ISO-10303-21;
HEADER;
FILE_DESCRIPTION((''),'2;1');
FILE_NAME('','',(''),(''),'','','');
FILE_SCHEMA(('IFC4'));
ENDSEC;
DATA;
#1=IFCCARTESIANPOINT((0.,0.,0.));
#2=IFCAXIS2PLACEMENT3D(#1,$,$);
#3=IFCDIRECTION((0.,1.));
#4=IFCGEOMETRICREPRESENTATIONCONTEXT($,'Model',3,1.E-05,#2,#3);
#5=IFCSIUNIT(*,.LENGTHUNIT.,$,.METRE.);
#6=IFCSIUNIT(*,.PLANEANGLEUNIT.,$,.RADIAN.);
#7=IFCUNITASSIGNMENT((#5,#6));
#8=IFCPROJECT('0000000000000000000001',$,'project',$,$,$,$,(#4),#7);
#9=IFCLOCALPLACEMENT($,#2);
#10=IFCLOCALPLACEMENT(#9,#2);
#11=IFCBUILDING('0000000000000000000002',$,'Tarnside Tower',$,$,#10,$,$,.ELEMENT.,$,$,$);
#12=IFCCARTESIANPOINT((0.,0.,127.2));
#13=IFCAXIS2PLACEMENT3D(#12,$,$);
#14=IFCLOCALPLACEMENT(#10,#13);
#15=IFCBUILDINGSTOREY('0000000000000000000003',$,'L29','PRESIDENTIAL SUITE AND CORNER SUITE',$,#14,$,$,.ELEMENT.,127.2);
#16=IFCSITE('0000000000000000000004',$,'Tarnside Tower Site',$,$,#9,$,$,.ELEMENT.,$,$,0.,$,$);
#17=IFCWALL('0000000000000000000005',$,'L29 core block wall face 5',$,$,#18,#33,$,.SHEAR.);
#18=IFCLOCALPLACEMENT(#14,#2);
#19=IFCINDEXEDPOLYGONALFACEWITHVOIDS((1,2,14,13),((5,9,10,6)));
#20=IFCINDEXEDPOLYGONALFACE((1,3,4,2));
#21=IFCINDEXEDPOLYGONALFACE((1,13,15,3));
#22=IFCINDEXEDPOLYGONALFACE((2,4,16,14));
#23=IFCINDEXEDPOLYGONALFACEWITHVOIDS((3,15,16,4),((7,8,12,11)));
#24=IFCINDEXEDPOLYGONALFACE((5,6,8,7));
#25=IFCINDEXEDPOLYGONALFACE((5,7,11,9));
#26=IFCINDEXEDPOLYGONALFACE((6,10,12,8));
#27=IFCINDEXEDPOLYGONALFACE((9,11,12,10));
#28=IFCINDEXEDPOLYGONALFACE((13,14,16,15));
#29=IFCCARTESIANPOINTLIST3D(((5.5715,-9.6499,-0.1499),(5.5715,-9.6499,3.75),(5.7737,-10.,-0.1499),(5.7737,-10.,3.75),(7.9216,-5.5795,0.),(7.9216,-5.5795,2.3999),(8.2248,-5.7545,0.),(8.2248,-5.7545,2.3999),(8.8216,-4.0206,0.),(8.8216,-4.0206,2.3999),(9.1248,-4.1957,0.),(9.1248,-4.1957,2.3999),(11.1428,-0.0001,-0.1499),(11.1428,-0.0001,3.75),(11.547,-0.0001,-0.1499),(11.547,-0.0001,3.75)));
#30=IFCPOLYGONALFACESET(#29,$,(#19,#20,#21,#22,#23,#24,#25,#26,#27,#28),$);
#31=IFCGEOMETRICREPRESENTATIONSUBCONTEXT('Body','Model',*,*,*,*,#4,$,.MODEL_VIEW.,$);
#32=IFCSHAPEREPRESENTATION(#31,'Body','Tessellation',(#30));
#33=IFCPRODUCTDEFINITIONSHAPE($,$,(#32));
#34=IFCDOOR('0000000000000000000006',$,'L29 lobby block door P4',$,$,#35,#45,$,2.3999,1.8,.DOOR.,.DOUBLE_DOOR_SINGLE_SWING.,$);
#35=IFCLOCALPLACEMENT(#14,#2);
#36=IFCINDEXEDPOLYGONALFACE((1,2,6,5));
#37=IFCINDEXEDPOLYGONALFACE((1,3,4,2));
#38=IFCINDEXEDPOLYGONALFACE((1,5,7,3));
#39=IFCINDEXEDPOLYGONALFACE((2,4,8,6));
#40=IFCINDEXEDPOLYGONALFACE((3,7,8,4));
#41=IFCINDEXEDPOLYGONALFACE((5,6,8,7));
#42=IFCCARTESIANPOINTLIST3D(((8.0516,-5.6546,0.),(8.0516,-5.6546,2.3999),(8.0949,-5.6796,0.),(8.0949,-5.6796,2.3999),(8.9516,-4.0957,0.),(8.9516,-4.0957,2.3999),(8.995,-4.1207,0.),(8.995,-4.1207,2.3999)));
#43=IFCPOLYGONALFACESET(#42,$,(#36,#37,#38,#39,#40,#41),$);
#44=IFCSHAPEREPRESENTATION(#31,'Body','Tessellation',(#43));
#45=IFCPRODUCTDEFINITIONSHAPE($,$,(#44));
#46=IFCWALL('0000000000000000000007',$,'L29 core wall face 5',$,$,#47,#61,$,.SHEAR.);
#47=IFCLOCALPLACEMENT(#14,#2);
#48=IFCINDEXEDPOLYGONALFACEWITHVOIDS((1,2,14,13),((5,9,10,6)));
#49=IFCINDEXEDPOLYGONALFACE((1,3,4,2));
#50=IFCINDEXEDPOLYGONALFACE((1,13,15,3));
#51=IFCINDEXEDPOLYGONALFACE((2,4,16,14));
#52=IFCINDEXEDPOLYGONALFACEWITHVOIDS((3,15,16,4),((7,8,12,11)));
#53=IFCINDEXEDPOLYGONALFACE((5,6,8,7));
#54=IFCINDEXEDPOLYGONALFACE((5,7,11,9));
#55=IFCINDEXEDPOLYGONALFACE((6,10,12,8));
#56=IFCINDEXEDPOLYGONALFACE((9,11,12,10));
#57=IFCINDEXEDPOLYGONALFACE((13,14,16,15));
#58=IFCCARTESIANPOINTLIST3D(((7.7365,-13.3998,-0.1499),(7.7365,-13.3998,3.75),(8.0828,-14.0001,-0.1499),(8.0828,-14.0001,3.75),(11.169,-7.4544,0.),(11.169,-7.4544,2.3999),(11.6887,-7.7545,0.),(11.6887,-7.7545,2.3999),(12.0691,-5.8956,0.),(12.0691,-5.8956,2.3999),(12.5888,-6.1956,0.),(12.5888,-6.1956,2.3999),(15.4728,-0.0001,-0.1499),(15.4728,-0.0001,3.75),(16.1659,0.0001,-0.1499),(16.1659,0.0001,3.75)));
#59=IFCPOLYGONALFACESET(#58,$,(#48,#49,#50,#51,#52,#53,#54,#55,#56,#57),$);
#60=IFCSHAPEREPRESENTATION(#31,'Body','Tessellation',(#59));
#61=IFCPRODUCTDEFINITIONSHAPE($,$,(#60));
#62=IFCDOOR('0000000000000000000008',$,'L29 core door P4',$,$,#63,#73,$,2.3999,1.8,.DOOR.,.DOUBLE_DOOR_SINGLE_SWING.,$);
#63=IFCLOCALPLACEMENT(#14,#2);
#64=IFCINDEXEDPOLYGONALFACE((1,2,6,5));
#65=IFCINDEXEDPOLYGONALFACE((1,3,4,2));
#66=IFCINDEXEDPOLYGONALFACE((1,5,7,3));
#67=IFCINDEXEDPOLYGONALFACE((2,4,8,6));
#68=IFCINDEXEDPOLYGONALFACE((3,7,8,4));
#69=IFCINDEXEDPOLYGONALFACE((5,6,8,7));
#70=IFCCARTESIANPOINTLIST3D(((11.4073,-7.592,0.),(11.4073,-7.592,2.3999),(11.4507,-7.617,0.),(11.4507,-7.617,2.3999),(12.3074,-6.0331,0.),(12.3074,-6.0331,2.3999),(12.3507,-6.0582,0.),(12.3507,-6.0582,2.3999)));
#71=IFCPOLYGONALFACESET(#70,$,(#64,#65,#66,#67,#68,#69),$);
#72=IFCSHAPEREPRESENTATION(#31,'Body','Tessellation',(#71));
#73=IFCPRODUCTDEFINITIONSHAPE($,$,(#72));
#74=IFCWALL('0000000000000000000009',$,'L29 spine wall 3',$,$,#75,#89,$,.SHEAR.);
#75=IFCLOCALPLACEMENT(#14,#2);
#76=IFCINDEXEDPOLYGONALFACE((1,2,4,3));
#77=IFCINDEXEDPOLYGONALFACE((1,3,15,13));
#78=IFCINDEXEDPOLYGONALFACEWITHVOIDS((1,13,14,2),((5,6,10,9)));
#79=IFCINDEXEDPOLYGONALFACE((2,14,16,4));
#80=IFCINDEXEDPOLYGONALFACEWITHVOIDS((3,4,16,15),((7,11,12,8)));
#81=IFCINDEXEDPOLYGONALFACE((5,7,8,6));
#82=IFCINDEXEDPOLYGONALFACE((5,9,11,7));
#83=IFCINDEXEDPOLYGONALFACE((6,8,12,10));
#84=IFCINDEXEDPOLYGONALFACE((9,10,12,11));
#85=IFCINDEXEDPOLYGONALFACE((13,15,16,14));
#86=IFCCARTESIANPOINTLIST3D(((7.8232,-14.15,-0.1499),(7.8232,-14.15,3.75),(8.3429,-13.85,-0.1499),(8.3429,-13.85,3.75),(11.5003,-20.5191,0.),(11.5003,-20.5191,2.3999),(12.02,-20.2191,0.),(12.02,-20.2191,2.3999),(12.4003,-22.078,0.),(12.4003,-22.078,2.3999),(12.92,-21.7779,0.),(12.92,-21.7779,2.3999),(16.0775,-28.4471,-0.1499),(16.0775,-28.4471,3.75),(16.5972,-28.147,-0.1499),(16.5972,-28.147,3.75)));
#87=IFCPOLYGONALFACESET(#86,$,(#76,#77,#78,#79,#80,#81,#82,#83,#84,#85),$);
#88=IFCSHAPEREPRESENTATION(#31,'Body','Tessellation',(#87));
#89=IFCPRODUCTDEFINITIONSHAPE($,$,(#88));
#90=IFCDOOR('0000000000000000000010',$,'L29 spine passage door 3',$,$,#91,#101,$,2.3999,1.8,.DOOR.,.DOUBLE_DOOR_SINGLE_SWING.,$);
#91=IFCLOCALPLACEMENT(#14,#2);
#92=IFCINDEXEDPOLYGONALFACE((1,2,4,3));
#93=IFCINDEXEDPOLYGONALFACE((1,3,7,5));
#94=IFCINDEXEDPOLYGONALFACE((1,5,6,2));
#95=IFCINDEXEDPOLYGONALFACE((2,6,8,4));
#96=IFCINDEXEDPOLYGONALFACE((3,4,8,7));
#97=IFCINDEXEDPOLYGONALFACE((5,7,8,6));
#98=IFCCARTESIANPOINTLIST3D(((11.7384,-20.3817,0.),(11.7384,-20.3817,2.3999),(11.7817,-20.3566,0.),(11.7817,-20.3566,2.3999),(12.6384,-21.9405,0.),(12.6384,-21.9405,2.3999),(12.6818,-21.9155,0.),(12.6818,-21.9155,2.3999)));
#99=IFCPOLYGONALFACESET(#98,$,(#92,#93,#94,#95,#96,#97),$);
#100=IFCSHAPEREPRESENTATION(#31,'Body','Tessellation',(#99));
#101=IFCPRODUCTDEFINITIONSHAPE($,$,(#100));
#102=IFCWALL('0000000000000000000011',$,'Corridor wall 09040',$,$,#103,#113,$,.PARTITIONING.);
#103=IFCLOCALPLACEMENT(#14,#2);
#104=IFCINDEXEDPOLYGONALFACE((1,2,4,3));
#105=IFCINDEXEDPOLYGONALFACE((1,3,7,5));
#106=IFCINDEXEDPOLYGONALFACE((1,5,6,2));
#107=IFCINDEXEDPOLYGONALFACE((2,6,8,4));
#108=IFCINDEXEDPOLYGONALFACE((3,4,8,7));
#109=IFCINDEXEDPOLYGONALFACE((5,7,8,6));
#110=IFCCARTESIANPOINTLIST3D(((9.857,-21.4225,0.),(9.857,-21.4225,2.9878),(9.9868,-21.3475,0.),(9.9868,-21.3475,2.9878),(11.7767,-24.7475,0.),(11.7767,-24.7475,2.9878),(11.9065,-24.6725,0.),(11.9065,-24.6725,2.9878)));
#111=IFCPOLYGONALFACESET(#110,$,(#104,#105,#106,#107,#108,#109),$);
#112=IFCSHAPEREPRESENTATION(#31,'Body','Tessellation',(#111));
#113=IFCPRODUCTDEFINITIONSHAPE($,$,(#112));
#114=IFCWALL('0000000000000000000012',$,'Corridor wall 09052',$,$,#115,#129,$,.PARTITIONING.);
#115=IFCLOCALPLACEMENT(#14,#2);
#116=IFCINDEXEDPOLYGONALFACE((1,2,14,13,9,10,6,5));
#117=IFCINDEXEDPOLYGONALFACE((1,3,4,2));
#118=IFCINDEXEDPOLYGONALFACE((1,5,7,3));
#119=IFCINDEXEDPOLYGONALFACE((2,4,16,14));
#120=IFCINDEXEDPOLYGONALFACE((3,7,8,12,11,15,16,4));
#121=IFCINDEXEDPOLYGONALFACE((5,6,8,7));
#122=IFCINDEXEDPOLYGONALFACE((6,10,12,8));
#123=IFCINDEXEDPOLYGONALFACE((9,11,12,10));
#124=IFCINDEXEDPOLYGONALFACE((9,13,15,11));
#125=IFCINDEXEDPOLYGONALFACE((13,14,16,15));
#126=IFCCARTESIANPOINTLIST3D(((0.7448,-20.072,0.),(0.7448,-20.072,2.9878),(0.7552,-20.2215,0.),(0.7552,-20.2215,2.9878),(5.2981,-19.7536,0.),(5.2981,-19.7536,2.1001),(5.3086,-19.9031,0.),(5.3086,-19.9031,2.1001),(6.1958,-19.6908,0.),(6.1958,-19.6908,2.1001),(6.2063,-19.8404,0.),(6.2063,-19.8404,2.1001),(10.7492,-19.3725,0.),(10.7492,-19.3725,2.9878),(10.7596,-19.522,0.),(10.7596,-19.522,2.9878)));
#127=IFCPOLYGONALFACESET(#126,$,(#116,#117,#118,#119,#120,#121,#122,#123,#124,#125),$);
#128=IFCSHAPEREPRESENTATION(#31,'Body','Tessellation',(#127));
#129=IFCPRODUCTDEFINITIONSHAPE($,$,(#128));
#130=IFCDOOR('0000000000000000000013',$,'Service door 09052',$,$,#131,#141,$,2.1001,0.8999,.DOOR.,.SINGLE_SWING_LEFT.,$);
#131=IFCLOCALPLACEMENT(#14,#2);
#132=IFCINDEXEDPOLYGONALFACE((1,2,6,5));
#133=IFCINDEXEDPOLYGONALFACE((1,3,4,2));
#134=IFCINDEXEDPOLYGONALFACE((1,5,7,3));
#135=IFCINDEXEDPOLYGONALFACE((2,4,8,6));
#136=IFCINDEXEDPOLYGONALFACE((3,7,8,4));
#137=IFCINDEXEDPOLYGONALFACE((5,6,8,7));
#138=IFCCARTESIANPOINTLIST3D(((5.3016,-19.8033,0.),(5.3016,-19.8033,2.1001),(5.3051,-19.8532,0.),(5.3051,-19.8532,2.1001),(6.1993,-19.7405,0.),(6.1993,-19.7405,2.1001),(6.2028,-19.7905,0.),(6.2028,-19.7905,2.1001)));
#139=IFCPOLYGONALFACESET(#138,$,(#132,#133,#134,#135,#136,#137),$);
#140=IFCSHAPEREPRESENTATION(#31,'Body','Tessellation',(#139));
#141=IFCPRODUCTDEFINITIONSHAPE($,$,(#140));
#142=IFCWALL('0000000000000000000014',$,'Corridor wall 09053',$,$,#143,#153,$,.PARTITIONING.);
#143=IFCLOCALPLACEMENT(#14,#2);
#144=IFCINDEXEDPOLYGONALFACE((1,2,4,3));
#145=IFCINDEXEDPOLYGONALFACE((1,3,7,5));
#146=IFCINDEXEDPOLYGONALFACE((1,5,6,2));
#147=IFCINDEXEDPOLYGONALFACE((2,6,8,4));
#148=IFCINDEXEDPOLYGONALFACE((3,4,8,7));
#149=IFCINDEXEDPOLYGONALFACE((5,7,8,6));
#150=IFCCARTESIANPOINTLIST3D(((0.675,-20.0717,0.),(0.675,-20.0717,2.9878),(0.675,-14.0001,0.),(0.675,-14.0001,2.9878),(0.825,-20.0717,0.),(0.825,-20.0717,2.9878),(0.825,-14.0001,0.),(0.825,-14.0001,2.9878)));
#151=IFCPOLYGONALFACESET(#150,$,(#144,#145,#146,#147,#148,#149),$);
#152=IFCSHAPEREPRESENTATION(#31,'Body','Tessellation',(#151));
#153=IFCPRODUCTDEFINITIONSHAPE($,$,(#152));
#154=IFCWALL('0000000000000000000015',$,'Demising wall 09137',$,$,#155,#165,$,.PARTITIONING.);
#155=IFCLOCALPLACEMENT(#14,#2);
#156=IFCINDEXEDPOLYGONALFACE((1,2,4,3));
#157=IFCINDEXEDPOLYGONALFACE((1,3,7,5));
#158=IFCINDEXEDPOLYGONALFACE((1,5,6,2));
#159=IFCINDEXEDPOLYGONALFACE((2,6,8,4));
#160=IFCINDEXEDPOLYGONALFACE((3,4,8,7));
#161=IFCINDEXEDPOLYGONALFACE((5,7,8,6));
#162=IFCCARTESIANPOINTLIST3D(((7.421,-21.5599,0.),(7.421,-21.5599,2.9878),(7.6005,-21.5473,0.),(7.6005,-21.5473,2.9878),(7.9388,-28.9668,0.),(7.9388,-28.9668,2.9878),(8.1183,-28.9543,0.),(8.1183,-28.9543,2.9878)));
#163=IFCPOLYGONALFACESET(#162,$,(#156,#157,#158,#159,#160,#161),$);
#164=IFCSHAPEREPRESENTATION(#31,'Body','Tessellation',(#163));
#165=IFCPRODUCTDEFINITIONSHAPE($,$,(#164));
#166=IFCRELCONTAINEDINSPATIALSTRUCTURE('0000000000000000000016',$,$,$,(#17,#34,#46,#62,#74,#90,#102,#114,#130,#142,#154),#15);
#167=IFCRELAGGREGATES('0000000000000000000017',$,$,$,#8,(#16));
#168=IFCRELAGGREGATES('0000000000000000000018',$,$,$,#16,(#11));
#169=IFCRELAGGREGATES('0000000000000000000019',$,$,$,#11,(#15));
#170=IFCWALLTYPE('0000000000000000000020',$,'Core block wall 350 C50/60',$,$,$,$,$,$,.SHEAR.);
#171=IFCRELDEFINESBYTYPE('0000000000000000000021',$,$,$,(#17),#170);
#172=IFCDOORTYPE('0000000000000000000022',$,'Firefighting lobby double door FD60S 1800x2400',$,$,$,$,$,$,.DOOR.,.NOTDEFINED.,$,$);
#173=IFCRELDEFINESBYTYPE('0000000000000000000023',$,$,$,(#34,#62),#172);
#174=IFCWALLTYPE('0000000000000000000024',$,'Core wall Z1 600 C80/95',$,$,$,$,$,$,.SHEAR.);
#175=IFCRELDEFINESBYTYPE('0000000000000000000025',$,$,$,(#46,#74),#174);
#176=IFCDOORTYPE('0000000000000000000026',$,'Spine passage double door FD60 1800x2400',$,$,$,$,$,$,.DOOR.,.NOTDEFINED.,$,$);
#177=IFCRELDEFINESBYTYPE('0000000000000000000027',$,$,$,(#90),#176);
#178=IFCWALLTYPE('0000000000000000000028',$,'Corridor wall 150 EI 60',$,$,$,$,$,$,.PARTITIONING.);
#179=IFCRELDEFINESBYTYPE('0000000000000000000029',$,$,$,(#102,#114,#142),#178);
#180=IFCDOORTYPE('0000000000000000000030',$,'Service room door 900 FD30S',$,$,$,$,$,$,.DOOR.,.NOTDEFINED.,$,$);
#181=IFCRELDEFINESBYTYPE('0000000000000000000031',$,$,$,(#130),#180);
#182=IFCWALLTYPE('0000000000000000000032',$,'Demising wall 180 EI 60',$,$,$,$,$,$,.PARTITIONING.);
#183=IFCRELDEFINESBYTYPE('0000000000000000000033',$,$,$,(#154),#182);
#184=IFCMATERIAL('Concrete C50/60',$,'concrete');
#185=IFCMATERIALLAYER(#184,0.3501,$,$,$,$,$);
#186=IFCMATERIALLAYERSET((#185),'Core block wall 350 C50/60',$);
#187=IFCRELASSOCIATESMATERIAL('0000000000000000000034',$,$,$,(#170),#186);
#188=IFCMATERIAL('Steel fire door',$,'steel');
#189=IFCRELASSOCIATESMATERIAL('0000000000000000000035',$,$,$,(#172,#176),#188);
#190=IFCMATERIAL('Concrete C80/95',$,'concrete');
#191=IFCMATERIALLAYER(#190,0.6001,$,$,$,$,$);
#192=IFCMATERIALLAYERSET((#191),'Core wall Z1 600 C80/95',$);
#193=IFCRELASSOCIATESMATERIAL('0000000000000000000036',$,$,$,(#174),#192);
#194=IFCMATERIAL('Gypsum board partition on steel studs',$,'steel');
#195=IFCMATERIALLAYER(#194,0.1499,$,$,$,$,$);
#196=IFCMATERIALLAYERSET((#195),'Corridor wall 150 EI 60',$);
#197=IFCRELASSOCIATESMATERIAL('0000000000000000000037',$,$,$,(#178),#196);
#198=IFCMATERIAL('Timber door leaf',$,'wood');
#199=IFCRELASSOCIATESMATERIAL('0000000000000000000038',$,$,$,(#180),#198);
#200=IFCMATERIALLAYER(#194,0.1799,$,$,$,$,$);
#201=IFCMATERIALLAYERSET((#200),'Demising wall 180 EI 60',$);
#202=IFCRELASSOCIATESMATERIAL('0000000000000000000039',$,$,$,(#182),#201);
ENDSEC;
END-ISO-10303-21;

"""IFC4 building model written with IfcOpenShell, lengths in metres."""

from ifc_helpers import new_model, si_unit, direction, frame, frame_2d, origin, place, context, subcontext, project, spatial, polyline, rectangle, outline, extrude, material, layer, layer_set, type_object, element, fill, save


model = new_model("IFC4")

# Units and contexts
model_context = context("Model", 3, precision=1e-05, world=origin(), true_north=direction((0.0, 1.0)))
body_context = subcontext(model_context, "Body", "Model", "MODEL_VIEW")
ifc_project = project(units=[si_unit("LENGTHUNIT", "METRE"), si_unit("PLANEANGLEUNIT", "RADIAN")], contexts=[model_context])

# Site, building, storey
site_placement = place(None, origin())
site = spatial("IfcSite", under=ifc_project, at=site_placement, Name="Tarnside Tower Site", CompositionType="ELEMENT", RefElevation=0.0)
building_placement = place(site_placement, origin())
building = spatial("IfcBuilding", under=site, at=building_placement, Name="Tarnside Tower", CompositionType="ELEMENT")
storey_placement = place(building_placement, frame((0.0, 0.0, 127.2)))
storey = spatial("IfcBuildingStorey", under=building, at=storey_placement, Name="L29", Description="PRESIDENTIAL SUITE AND CORNER SUITE", CompositionType="ELEMENT", Elevation=127.2)

# Shared definitions
ifc_material_1 = material(Name="Gypsum board partition on steel studs", Category="steel")

# Walls, openings, doors
ifc_material_2 = material(Name="Timber door leaf", Category="wood")
ifc_material_3 = material(Name="Concrete C50/60", Category="concrete")
ifc_layer_1 = layer(ifc_material_3, 0.3501)
ifc_layer_set_1 = layer_set([ifc_layer_1], Name="Core block wall 350 C50/60")
wall_type_1 = type_object("IfcWallType", Name="Core block wall 350 C50/60", PredefinedType="SHEAR", material=ifc_layer_set_1)
wall_1_placement = place(storey_placement, frame((5.6726, -9.825, -0.1499), z_axis=(0.0, 0.0, 1.0), x_axis=(0.499995, 0.866028, 0.0)))
wall_1 = element("IfcWall", 1, at=wall_1_placement, inside=storey, type_object=wall_type_1, Name="L29 core block wall face 5", PredefinedType="SHEAR", context=body_context, shape_type="SweptSolid", body=[
    extrude(outline(polyline([(-0.1011, -0.175), (11.4458, -0.175), (11.2437, 0.175), (0.1011, 0.175), (-0.1011, -0.175)])), origin(), (0.0, 0.0, 1.0), 3.8999),
])
opening_1_placement = place(wall_1_placement, frame((4.8013, 0.0, 0.1499)))
opening_1 = element("IfcOpeningElement", 2, at=opening_1_placement, cuts=wall_1, PredefinedType="OPENING", context=body_context, shape_type="SweptSolid", body=[
    extrude(rectangle(XDim=1.8, YDim=2.3999, at=frame_2d((0.8999, 1.2))), frame((0.0, 0.1851, 0.0), z_axis=(0.0, -1.0, 0.0), x_axis=(1.0, 0.0, 0.0)), (0.0, 0.0, 1.0), 0.3701),
])
ifc_material_4 = material(Name="Steel fire door", Category="steel")
door_type_1 = type_object("IfcDoorType", Name="Firefighting lobby double door FD60S 1800x2400", OperationType="NOTDEFINED", PredefinedType="DOOR", material=ifc_material_4)
door_1_placement = place(opening_1_placement, origin())
door_1 = element("IfcDoor", 3, at=door_1_placement, inside=storey, type_object=door_type_1, Name="L29 lobby block door P4", OperationType="DOUBLE_DOOR_SINGLE_SWING", OverallHeight=2.3999, OverallWidth=1.8, PredefinedType="DOOR", context=body_context, shape_type="SweptSolid", body=[
    extrude(rectangle(XDim=1.8, YDim=2.3999, at=frame_2d((0.8999, 1.2))), frame((0.0, 0.0249, 0.0), z_axis=(0.0, -1.0, 0.0), x_axis=(1.0, 0.0, 0.0)), (0.0, 0.0, 1.0), 0.05),
])
fill(opening_1, door_1)
ifc_material_5 = material(Name="Concrete C80/95", Category="concrete")
ifc_layer_2 = layer(ifc_material_5, 0.6001)
ifc_layer_set_2 = layer_set([ifc_layer_2], Name="Core wall Z1 600 C80/95")
wall_type_2 = type_object("IfcWallType", Name="Core wall Z1 600 C80/95", PredefinedType="SHEAR", material=ifc_layer_set_2)
wall_2_placement = place(storey_placement, frame((7.9097, -13.7, -0.1499), z_axis=(0.0, 0.0, 1.0), x_axis=(0.5, 0.866025, 0.0)))
wall_2 = element("IfcWall", 4, at=wall_2_placement, inside=storey, type_object=wall_type_2, Name="L29 core wall face 5", PredefinedType="SHEAR", context=body_context, shape_type="SweptSolid", body=[
    extrude(outline(polyline([(-0.1733, -0.3), (15.9927, -0.3), (15.646, 0.3), (0.1733, 0.3), (-0.1733, -0.3)])), origin(), (0.0, 0.0, 1.0), 3.8999),
])
opening_2_placement = place(wall_2_placement, frame((7.0386, 0.0, 0.1499)))
opening_2 = element("IfcOpeningElement", 5, at=opening_2_placement, cuts=wall_2, PredefinedType="OPENING", context=body_context, shape_type="SweptSolid", body=[
    extrude(rectangle(XDim=1.8, YDim=2.3999, at=frame_2d((0.8999, 1.2))), frame((0.0, 0.3101, 0.0), z_axis=(0.0, -1.0, 0.0), x_axis=(1.0, 0.0, 0.0)), (0.0, 0.0, 1.0), 0.6201),
])
door_2_placement = place(opening_2_placement, origin())
door_2 = element("IfcDoor", 6, at=door_2_placement, inside=storey, type_object=door_type_1, Name="L29 core door P4", OperationType="DOUBLE_DOOR_SINGLE_SWING", OverallHeight=2.3999, OverallWidth=1.8, PredefinedType="DOOR", context=body_context, shape_type="SweptSolid", body=[
    extrude(rectangle(XDim=1.8, YDim=2.3999, at=frame_2d((0.8999, 1.2))), frame((0.0, 0.0249, 0.0), z_axis=(0.0, -1.0, 0.0), x_axis=(1.0, 0.0, 0.0)), (0.0, 0.0, 1.0), 0.05),
])
fill(opening_2, door_2)
wall_3_placement = place(storey_placement, frame((8.083, -14.0, -0.1499), z_axis=(0.0, 0.0, 1.0), x_axis=(0.499998, -0.866027, 0.0)))
wall_3 = element("IfcWall", 7, at=wall_3_placement, inside=storey, type_object=wall_type_2, Name="L29 spine wall 3", PredefinedType="SHEAR", context=body_context, shape_type="SweptSolid", body=[
    extrude(rectangle(XDim=16.5088, YDim=0.6001, at=frame_2d((8.2544, 0.0))), origin(), (0.0, 0.0, 1.0), 3.8999),
])
opening_3_placement = place(wall_3_placement, frame((7.3545, 0.0, 0.1499)))
opening_3 = element("IfcOpeningElement", 8, at=opening_3_placement, cuts=wall_3, PredefinedType="OPENING", context=body_context, shape_type="SweptSolid", body=[
    extrude(rectangle(XDim=1.8, YDim=2.3999, at=frame_2d((0.8999, 1.2))), frame((0.0, 0.3101, 0.0), z_axis=(0.0, -1.0, 0.0), x_axis=(1.0, 0.0, 0.0)), (0.0, 0.0, 1.0), 0.6201),
])
door_type_2 = type_object("IfcDoorType", Name="Spine passage double door FD60 1800x2400", OperationType="NOTDEFINED", PredefinedType="DOOR", material=ifc_material_4)
door_3_placement = place(opening_3_placement, origin())
door_3 = element("IfcDoor", 9, at=door_3_placement, inside=storey, type_object=door_type_2, Name="L29 spine passage door 3", OperationType="DOUBLE_DOOR_SINGLE_SWING", OverallHeight=2.3999, OverallWidth=1.8, PredefinedType="DOOR", context=body_context, shape_type="SweptSolid", body=[
    extrude(rectangle(XDim=1.8, YDim=2.3999, at=frame_2d((0.8999, 1.2))), frame((0.0, 0.0249, 0.0), z_axis=(0.0, -1.0, 0.0), x_axis=(1.0, 0.0, 0.0)), (0.0, 0.0, 1.0), 0.05),
])
fill(opening_3, door_3)

# Wall
ifc_layer_3 = layer(ifc_material_1, 0.1499)
ifc_layer_set_3 = layer_set([ifc_layer_3], Name="Corridor wall 150 EI 60")
wall_type_3 = type_object("IfcWallType", Name="Corridor wall 150 EI 60", PredefinedType="PARTITIONING", material=ifc_layer_set_3)
wall_4_placement = place(storey_placement, frame((9.9219, -21.385, 0.0), z_axis=(0.0, 0.0, 1.0), x_axis=(0.500003, -0.866024, 0.0)))
element("IfcWall", 10, at=wall_4_placement, inside=storey, type_object=wall_type_3, Name="Corridor wall 09040", PredefinedType="PARTITIONING", context=body_context, shape_type="SweptSolid", body=[
    extrude(rectangle(XDim=3.8394, YDim=0.1499, at=frame_2d((1.9197, 0.0))), origin(), (0.0, 0.0, 1.0), 2.9878),
])

# Wall, opening, door
wall_5_placement = place(storey_placement, frame((10.7544, -19.4473, 0.0), z_axis=(0.0, 0.0, 1.0), x_axis=(-0.997565, -0.069745, 0.0)))
wall_5 = element("IfcWall", 11, at=wall_5_placement, inside=storey, type_object=wall_type_3, Name="Corridor wall 09052", PredefinedType="PARTITIONING", context=body_context, shape_type="SweptSolid", body=[
    extrude(rectangle(XDim=10.0288, YDim=0.1499, at=frame_2d((5.0144, 0.0))), origin(), (0.0, 0.0, 1.0), 2.9878),
])
opening_4_placement = place(wall_5_placement, frame((4.5645, 0.0, 0.0)))
opening_4 = element("IfcOpeningElement", 12, at=opening_4_placement, cuts=wall_5, PredefinedType="OPENING", context=body_context, shape_type="SweptSolid", body=[
    extrude(rectangle(XDim=0.8999, YDim=2.1001, at=frame_2d((0.45, 1.05))), frame((0.0, 0.085, 0.0), z_axis=(0.0, -1.0, 0.0), x_axis=(1.0, 0.0, 0.0)), (0.0, 0.0, 1.0), 0.1699),
])
door_type_3 = type_object("IfcDoorType", Name="Service room door 900 FD30S", OperationType="NOTDEFINED", PredefinedType="DOOR", material=ifc_material_2)
door_4_placement = place(opening_4_placement, origin())
door_4 = element("IfcDoor", 13, at=door_4_placement, inside=storey, type_object=door_type_3, Name="Service door 09052", OperationType="SINGLE_SWING_LEFT", OverallHeight=2.1001, OverallWidth=0.8999, PredefinedType="DOOR", context=body_context, shape_type="SweptSolid", body=[
    extrude(rectangle(XDim=0.8999, YDim=2.1001, at=frame_2d((0.45, 1.05))), frame((0.0, 0.0249, 0.0), z_axis=(0.0, -1.0, 0.0), x_axis=(1.0, 0.0, 0.0)), (0.0, 0.0, 1.0), 0.05),
])
fill(opening_4, door_4)

# Walls
wall_6_placement = place(storey_placement, frame((0.75, -20.0715, 0.0), z_axis=(0.0, 0.0, 1.0), x_axis=(0.0, 1.0, 0.0)))
element("IfcWall", 14, at=wall_6_placement, inside=storey, type_object=wall_type_3, Name="Corridor wall 09053", PredefinedType="PARTITIONING", context=body_context, shape_type="SweptSolid", body=[
    extrude(rectangle(XDim=6.0715, YDim=0.1499, at=frame_2d((3.0356, 0.0))), origin(), (0.0, 0.0, 1.0), 2.9878),
])
ifc_layer_4 = layer(ifc_material_1, 0.1799)
ifc_layer_set_4 = layer_set([ifc_layer_4], Name="Demising wall 180 EI 60")
wall_type_4 = type_object("IfcWallType", Name="Demising wall 180 EI 60", PredefinedType="PARTITIONING", material=ifc_layer_set_4)
wall_7_placement = place(storey_placement, frame((8.0286, -28.9604, 0.0), z_axis=(0.0, 0.0, 1.0), x_axis=(-0.06974, 0.997565, 0.0)))
element("IfcWall", 15, at=wall_7_placement, inside=storey, type_object=wall_type_4, Name="Demising wall 09137", PredefinedType="PARTITIONING", context=body_context, shape_type="SweptSolid", body=[
    extrude(rectangle(XDim=7.425, YDim=0.1799, at=frame_2d((3.7124, 0.0))), origin(), (0.0, 0.0, 1.0), 2.9878),
])

save(model, "model.ifc")
